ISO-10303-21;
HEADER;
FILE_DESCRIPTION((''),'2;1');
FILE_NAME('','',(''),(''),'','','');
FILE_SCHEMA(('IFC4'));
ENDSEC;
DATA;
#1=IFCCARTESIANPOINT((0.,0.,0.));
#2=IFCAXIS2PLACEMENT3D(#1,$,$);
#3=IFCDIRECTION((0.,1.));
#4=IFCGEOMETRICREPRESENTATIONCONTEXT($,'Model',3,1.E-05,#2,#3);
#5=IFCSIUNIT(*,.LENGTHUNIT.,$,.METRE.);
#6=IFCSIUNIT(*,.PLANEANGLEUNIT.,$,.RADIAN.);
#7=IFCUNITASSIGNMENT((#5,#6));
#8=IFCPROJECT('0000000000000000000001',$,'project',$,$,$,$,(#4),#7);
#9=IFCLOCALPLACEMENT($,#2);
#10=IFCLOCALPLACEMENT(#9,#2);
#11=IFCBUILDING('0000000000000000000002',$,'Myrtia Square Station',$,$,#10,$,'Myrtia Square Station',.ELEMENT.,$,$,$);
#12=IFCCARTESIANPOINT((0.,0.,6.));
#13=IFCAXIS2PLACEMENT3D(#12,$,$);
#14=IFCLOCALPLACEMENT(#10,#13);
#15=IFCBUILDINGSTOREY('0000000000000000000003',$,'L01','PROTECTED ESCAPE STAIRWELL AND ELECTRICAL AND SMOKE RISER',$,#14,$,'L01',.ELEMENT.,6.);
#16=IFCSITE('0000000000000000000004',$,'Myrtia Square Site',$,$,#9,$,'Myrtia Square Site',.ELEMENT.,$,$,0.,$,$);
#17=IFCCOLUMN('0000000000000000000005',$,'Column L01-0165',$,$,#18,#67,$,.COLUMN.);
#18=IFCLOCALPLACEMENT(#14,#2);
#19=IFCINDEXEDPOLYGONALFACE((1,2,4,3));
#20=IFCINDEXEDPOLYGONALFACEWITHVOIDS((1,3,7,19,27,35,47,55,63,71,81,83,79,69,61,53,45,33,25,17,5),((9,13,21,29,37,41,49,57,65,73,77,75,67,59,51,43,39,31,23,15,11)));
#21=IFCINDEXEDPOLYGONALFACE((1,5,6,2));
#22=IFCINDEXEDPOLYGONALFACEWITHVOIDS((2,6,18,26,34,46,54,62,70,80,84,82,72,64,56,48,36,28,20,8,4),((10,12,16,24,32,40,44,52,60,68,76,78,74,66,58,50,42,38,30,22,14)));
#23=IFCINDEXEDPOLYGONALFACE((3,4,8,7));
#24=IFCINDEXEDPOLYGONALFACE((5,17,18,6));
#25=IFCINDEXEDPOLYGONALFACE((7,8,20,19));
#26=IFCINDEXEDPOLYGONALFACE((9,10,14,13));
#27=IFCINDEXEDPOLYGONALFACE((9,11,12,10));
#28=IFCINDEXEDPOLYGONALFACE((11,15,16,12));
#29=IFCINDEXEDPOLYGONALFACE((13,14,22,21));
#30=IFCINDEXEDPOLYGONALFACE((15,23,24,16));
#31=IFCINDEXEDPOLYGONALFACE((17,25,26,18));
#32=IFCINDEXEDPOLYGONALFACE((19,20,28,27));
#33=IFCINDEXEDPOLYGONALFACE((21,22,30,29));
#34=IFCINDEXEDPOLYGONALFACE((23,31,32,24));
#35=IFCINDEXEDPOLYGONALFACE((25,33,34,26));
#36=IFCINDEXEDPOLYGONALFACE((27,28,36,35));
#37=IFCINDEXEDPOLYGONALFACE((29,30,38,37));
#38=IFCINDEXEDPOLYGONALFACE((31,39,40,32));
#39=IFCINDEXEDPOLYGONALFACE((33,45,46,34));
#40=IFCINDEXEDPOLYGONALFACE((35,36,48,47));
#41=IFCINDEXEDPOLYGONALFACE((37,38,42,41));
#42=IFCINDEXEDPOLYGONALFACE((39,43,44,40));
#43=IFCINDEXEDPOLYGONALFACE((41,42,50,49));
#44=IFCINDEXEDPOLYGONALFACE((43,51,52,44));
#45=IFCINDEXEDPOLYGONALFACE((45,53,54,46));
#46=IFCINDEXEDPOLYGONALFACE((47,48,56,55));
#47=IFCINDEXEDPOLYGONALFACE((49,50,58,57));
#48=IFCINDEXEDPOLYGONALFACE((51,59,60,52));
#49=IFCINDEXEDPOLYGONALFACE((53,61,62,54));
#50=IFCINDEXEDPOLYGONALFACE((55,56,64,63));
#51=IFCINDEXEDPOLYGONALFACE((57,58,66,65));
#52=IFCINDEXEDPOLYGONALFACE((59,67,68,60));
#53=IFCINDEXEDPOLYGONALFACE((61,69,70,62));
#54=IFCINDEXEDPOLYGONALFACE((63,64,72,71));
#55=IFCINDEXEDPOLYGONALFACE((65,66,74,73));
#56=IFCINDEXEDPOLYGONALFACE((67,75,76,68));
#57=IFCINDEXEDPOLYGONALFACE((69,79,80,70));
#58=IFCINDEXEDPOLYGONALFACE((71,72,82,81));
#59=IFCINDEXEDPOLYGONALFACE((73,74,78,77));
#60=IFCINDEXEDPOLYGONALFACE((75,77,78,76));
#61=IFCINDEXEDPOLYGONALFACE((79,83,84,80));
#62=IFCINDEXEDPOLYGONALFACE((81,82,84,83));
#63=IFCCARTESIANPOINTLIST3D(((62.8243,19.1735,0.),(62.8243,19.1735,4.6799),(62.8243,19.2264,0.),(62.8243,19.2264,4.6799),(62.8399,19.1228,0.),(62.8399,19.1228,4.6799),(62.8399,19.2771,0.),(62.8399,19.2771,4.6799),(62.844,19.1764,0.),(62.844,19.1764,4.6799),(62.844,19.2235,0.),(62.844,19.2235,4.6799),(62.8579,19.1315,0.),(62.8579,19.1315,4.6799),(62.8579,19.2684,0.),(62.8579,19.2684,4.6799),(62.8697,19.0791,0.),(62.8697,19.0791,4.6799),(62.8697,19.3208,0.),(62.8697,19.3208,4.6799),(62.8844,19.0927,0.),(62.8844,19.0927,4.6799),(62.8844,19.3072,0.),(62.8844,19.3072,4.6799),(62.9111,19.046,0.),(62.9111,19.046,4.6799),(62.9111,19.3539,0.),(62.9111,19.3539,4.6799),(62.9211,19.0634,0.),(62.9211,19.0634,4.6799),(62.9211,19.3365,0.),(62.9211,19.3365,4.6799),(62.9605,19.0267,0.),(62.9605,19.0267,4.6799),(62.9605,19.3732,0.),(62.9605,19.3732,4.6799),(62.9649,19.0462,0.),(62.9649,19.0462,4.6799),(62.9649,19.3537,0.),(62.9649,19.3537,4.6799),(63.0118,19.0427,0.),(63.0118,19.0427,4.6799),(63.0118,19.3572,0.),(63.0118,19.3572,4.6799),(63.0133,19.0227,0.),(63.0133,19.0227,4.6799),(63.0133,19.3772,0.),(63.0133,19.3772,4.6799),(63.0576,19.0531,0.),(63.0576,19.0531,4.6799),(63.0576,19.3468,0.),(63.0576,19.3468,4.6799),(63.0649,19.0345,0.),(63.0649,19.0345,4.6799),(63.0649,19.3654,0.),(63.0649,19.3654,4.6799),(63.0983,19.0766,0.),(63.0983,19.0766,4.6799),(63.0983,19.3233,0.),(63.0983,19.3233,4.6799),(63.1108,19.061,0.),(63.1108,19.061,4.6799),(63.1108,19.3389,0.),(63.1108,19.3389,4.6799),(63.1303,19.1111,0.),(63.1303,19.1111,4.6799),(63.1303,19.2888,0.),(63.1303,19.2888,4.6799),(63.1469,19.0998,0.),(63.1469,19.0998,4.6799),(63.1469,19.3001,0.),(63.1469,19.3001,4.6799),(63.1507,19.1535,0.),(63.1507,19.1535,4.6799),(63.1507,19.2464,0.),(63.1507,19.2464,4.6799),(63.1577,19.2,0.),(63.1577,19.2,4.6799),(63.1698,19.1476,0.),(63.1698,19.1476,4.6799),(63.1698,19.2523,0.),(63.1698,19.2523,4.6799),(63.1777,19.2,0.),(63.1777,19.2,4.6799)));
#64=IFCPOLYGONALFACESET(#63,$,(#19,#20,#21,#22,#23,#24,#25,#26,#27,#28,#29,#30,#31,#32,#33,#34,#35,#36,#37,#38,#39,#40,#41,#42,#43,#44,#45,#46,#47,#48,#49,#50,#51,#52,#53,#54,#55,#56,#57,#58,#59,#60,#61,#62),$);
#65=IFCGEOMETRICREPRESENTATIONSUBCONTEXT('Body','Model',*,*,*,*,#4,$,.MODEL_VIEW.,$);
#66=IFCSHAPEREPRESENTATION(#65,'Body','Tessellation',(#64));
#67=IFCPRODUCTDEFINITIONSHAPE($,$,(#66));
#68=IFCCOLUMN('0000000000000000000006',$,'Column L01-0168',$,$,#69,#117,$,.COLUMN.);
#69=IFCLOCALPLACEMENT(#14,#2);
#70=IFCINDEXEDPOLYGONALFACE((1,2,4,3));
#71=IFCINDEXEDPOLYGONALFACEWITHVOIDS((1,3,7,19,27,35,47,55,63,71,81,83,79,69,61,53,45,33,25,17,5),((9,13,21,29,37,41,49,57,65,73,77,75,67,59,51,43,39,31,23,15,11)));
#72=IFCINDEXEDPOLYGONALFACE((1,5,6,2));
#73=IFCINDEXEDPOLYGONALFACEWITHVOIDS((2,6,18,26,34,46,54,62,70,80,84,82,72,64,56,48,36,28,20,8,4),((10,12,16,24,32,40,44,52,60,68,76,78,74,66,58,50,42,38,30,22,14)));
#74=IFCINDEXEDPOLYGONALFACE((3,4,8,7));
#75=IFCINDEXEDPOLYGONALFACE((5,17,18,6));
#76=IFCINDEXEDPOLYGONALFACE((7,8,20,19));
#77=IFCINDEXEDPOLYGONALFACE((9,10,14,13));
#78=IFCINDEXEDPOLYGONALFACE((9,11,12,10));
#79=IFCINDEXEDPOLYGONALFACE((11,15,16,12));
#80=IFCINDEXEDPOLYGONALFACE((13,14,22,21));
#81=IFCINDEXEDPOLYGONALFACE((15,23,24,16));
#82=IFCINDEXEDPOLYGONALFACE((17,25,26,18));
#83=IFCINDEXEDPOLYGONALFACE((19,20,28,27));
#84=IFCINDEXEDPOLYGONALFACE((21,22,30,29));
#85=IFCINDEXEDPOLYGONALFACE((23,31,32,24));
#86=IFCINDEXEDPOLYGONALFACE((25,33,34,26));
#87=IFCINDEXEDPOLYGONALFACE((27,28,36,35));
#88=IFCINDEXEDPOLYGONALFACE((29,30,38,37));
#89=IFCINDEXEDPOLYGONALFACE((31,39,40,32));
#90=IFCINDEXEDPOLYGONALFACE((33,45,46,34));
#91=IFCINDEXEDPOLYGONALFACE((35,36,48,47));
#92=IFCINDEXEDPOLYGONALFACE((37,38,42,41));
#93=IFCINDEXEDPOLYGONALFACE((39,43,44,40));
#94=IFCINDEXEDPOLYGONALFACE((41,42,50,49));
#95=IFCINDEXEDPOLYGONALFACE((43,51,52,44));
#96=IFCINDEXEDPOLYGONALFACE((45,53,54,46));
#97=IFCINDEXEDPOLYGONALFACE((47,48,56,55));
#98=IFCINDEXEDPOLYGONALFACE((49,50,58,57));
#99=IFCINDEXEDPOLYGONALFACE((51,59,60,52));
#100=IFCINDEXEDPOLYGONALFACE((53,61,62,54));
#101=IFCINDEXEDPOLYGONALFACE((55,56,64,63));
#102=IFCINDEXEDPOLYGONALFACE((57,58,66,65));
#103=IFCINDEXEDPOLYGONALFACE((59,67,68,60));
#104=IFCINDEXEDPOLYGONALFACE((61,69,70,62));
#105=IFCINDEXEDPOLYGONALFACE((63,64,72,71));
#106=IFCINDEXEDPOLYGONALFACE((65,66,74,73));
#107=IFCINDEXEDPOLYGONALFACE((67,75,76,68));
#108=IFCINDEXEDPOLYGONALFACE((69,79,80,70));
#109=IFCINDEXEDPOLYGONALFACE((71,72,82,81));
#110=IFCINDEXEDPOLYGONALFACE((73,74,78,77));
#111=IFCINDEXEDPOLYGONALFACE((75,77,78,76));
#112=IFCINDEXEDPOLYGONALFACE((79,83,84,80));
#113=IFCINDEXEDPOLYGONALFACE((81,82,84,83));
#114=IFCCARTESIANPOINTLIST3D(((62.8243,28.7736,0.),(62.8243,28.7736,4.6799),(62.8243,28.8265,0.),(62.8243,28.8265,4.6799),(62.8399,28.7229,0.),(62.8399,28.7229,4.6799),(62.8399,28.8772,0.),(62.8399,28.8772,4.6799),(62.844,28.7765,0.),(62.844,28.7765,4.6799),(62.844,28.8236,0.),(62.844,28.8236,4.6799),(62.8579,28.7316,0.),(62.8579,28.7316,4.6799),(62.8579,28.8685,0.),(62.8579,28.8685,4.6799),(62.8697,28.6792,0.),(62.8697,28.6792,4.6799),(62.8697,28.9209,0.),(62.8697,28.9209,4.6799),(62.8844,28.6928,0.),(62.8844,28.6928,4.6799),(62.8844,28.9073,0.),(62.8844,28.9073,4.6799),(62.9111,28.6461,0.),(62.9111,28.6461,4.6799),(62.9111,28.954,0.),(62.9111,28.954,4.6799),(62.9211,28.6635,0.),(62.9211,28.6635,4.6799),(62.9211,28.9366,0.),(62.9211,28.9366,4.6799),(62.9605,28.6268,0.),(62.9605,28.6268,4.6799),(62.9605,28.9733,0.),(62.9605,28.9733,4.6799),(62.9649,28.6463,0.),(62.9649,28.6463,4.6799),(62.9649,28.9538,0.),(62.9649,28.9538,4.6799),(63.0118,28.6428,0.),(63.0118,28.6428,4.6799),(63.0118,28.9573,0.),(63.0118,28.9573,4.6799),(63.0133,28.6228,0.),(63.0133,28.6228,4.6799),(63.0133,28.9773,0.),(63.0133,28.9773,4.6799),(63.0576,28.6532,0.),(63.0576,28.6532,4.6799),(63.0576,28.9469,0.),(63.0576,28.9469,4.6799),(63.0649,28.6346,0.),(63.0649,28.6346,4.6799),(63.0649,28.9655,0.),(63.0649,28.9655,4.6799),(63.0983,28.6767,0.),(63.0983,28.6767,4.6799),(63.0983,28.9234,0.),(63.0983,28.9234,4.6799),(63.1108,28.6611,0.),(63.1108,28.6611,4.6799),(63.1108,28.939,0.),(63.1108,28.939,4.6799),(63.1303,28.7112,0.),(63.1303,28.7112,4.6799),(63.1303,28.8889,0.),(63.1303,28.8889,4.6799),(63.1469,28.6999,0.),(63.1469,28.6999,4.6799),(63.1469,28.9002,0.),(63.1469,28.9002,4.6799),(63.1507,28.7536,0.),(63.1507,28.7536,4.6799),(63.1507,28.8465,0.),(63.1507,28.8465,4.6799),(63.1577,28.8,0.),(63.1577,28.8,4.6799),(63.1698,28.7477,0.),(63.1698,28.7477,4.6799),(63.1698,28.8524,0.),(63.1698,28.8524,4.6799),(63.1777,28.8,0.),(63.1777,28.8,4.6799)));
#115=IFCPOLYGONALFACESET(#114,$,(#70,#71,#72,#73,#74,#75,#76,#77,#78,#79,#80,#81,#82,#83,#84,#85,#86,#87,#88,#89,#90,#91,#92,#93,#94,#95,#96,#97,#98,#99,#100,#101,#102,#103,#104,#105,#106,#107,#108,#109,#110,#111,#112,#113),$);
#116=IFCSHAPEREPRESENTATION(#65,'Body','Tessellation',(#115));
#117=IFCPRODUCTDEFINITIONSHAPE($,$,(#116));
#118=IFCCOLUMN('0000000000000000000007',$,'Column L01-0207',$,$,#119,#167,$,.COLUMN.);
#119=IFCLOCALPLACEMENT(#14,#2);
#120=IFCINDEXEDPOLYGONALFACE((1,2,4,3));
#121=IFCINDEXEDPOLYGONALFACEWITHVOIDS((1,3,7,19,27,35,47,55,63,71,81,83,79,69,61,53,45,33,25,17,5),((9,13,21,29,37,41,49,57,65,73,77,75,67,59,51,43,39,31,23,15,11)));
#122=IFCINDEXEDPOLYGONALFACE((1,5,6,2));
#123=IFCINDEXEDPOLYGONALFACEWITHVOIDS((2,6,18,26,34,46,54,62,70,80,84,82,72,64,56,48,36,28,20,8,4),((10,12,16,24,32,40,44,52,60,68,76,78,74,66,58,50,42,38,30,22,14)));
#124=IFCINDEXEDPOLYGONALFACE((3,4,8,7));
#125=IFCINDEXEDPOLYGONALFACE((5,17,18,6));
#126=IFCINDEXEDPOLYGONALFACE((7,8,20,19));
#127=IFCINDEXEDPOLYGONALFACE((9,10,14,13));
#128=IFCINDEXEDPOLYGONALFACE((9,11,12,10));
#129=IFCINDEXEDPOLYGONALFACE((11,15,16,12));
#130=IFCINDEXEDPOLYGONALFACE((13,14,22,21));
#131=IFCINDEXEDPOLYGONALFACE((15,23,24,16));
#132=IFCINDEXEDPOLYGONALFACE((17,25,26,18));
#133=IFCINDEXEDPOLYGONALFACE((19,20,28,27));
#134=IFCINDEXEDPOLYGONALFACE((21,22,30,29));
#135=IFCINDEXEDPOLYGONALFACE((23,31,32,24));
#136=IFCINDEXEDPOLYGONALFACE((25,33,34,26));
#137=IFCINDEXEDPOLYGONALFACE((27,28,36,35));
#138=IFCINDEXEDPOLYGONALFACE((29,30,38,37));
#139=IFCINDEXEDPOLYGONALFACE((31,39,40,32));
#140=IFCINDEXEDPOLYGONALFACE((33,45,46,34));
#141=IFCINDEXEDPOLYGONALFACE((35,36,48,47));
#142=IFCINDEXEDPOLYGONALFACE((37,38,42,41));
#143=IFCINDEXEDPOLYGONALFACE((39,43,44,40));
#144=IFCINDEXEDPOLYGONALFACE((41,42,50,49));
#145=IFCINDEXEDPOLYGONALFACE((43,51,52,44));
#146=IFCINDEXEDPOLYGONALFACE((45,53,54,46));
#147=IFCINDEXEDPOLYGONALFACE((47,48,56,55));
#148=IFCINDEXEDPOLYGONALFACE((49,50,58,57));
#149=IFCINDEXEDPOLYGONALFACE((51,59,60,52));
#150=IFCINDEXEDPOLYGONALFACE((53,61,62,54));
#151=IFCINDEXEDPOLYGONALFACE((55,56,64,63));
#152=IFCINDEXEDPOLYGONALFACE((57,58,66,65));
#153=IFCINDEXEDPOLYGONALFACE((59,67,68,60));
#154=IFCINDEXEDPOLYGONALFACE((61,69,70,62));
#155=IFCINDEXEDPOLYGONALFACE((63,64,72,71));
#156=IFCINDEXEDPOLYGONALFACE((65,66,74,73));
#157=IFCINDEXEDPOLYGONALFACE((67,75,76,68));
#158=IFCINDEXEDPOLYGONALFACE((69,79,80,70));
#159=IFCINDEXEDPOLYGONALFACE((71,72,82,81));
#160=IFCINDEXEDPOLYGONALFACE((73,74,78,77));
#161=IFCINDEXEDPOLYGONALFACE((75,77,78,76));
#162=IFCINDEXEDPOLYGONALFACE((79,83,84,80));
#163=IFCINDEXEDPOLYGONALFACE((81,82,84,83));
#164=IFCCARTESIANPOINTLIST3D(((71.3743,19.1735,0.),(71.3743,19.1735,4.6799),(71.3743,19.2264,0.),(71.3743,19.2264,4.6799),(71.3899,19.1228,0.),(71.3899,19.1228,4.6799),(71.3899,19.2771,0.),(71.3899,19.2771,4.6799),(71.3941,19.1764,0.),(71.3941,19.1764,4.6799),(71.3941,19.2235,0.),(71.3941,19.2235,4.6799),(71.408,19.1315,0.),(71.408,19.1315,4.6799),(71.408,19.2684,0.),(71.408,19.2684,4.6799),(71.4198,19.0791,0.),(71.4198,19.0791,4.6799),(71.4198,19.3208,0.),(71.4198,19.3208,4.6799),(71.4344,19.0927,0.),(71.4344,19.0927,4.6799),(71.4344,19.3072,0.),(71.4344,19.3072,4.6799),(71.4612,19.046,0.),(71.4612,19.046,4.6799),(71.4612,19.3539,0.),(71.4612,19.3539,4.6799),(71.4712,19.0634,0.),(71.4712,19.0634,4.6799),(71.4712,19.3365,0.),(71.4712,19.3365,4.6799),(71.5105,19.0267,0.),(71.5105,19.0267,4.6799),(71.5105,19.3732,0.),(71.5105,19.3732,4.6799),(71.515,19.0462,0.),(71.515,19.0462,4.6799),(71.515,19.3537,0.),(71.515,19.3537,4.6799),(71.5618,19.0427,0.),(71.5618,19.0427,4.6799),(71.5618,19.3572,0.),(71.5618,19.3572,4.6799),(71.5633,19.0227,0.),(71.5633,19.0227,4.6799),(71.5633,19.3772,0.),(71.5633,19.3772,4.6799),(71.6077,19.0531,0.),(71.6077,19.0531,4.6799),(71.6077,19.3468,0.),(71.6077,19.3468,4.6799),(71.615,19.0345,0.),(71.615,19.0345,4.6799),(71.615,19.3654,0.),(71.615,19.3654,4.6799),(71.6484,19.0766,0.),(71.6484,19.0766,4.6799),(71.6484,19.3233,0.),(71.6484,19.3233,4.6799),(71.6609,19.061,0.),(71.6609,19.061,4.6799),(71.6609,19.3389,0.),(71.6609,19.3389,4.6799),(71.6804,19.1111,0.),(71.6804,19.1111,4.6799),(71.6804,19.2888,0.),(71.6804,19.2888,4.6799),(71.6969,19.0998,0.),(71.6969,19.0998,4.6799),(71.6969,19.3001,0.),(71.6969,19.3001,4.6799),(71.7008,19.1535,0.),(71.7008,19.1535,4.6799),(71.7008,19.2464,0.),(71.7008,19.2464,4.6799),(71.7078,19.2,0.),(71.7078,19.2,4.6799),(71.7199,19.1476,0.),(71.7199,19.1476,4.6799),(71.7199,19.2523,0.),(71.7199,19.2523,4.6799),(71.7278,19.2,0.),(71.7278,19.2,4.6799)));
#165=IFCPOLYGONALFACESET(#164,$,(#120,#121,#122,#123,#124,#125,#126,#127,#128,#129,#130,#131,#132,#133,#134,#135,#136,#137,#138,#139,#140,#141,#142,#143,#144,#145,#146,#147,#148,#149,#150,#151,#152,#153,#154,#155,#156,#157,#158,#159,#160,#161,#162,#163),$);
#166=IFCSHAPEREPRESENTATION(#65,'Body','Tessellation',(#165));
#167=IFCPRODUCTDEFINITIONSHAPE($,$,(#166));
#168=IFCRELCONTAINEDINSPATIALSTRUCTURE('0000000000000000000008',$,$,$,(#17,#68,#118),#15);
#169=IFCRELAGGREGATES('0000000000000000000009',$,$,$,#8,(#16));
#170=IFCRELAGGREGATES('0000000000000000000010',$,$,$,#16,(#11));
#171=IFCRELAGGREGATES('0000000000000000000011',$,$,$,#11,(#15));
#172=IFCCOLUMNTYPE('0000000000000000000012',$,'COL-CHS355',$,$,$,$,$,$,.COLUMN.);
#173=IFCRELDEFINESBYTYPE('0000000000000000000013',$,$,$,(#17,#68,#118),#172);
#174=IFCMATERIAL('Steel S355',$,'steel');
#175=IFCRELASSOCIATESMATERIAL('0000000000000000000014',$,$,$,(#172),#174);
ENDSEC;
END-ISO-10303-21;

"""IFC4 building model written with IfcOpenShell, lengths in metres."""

from ifc_helpers import new_model, si_unit, direction, frame, origin, origin_2d, place, context, subcontext, project, spatial, hollow_circle, extrude, material, material_profile, profile_set, type_object, element, save


model = new_model("IFC4")

# Units and contexts
model_context = context("Model", 3, precision=1e-05, world=origin(), true_north=direction((0.0, 1.0)))
body_context = subcontext(model_context, "Body", "Model", "MODEL_VIEW")
ifc_project = project(units=[si_unit("LENGTHUNIT", "METRE"), si_unit("PLANEANGLEUNIT", "RADIAN")], contexts=[model_context])

# Site, building, storey
site_placement = place(None, origin())
site = spatial("IfcSite", under=ifc_project, at=site_placement, Name="Myrtia Square Site", LongName="Myrtia Square Site", CompositionType="ELEMENT", RefElevation=0.0)
building_placement = place(site_placement, origin())
building = spatial("IfcBuilding", under=site, at=building_placement, Name="Myrtia Square Station", LongName="Myrtia Square Station", CompositionType="ELEMENT")
storey_placement = place(building_placement, frame((0.0, 0.0, 6.0)))
storey = spatial("IfcBuildingStorey", under=building, at=storey_placement, Name="L01", Description="PROTECTED ESCAPE STAIRWELL AND ELECTRICAL AND SMOKE RISER", LongName="L01", CompositionType="ELEMENT", Elevation=6.0)

# Columns
ifc_material_1 = material(Name="Steel S355", Category="steel")
ifc_material_profile_1 = material_profile(ifc_material_1, hollow_circle(Radius=0.1777, WallThickness=0.02, at=origin_2d()), Name="CHS 355.6x20")
ifc_profile_set_1 = profile_set([ifc_material_profile_1], Name="Steel S355")
column_type = type_object("IfcColumnType", Name="COL-CHS355", PredefinedType="COLUMN", material=ifc_profile_set_1)
for number, where, z_axis, x_axis, name in (
    (1, (63.0, 19.2, 0.0), (0.0, 0.0, 1.0), (1.0, 0.0, 0.0), "Column L01-0165"),
    (2, (63.0, 28.8, 0.0), (0.0, 0.0, 1.0), (1.0, 0.0, 0.0), "Column L01-0168"),
    (3, (71.55, 19.2, 0.0), (0.0, 0.0, 1.0), (1.0, 0.0, 0.0), "Column L01-0207"),
):
    element("IfcColumn", number, at=place(storey_placement, frame(where, z_axis=z_axis, x_axis=x_axis)), inside=storey, type_object=column_type, Name=name, PredefinedType="COLUMN", context=body_context, shape_type="SweptSolid", body=[
        extrude(hollow_circle(Radius=0.1777, WallThickness=0.02, at=origin_2d()), origin(), (0.0, 0.0, 1.0), 4.6799),
    ])

save(model, "model.ifc")
